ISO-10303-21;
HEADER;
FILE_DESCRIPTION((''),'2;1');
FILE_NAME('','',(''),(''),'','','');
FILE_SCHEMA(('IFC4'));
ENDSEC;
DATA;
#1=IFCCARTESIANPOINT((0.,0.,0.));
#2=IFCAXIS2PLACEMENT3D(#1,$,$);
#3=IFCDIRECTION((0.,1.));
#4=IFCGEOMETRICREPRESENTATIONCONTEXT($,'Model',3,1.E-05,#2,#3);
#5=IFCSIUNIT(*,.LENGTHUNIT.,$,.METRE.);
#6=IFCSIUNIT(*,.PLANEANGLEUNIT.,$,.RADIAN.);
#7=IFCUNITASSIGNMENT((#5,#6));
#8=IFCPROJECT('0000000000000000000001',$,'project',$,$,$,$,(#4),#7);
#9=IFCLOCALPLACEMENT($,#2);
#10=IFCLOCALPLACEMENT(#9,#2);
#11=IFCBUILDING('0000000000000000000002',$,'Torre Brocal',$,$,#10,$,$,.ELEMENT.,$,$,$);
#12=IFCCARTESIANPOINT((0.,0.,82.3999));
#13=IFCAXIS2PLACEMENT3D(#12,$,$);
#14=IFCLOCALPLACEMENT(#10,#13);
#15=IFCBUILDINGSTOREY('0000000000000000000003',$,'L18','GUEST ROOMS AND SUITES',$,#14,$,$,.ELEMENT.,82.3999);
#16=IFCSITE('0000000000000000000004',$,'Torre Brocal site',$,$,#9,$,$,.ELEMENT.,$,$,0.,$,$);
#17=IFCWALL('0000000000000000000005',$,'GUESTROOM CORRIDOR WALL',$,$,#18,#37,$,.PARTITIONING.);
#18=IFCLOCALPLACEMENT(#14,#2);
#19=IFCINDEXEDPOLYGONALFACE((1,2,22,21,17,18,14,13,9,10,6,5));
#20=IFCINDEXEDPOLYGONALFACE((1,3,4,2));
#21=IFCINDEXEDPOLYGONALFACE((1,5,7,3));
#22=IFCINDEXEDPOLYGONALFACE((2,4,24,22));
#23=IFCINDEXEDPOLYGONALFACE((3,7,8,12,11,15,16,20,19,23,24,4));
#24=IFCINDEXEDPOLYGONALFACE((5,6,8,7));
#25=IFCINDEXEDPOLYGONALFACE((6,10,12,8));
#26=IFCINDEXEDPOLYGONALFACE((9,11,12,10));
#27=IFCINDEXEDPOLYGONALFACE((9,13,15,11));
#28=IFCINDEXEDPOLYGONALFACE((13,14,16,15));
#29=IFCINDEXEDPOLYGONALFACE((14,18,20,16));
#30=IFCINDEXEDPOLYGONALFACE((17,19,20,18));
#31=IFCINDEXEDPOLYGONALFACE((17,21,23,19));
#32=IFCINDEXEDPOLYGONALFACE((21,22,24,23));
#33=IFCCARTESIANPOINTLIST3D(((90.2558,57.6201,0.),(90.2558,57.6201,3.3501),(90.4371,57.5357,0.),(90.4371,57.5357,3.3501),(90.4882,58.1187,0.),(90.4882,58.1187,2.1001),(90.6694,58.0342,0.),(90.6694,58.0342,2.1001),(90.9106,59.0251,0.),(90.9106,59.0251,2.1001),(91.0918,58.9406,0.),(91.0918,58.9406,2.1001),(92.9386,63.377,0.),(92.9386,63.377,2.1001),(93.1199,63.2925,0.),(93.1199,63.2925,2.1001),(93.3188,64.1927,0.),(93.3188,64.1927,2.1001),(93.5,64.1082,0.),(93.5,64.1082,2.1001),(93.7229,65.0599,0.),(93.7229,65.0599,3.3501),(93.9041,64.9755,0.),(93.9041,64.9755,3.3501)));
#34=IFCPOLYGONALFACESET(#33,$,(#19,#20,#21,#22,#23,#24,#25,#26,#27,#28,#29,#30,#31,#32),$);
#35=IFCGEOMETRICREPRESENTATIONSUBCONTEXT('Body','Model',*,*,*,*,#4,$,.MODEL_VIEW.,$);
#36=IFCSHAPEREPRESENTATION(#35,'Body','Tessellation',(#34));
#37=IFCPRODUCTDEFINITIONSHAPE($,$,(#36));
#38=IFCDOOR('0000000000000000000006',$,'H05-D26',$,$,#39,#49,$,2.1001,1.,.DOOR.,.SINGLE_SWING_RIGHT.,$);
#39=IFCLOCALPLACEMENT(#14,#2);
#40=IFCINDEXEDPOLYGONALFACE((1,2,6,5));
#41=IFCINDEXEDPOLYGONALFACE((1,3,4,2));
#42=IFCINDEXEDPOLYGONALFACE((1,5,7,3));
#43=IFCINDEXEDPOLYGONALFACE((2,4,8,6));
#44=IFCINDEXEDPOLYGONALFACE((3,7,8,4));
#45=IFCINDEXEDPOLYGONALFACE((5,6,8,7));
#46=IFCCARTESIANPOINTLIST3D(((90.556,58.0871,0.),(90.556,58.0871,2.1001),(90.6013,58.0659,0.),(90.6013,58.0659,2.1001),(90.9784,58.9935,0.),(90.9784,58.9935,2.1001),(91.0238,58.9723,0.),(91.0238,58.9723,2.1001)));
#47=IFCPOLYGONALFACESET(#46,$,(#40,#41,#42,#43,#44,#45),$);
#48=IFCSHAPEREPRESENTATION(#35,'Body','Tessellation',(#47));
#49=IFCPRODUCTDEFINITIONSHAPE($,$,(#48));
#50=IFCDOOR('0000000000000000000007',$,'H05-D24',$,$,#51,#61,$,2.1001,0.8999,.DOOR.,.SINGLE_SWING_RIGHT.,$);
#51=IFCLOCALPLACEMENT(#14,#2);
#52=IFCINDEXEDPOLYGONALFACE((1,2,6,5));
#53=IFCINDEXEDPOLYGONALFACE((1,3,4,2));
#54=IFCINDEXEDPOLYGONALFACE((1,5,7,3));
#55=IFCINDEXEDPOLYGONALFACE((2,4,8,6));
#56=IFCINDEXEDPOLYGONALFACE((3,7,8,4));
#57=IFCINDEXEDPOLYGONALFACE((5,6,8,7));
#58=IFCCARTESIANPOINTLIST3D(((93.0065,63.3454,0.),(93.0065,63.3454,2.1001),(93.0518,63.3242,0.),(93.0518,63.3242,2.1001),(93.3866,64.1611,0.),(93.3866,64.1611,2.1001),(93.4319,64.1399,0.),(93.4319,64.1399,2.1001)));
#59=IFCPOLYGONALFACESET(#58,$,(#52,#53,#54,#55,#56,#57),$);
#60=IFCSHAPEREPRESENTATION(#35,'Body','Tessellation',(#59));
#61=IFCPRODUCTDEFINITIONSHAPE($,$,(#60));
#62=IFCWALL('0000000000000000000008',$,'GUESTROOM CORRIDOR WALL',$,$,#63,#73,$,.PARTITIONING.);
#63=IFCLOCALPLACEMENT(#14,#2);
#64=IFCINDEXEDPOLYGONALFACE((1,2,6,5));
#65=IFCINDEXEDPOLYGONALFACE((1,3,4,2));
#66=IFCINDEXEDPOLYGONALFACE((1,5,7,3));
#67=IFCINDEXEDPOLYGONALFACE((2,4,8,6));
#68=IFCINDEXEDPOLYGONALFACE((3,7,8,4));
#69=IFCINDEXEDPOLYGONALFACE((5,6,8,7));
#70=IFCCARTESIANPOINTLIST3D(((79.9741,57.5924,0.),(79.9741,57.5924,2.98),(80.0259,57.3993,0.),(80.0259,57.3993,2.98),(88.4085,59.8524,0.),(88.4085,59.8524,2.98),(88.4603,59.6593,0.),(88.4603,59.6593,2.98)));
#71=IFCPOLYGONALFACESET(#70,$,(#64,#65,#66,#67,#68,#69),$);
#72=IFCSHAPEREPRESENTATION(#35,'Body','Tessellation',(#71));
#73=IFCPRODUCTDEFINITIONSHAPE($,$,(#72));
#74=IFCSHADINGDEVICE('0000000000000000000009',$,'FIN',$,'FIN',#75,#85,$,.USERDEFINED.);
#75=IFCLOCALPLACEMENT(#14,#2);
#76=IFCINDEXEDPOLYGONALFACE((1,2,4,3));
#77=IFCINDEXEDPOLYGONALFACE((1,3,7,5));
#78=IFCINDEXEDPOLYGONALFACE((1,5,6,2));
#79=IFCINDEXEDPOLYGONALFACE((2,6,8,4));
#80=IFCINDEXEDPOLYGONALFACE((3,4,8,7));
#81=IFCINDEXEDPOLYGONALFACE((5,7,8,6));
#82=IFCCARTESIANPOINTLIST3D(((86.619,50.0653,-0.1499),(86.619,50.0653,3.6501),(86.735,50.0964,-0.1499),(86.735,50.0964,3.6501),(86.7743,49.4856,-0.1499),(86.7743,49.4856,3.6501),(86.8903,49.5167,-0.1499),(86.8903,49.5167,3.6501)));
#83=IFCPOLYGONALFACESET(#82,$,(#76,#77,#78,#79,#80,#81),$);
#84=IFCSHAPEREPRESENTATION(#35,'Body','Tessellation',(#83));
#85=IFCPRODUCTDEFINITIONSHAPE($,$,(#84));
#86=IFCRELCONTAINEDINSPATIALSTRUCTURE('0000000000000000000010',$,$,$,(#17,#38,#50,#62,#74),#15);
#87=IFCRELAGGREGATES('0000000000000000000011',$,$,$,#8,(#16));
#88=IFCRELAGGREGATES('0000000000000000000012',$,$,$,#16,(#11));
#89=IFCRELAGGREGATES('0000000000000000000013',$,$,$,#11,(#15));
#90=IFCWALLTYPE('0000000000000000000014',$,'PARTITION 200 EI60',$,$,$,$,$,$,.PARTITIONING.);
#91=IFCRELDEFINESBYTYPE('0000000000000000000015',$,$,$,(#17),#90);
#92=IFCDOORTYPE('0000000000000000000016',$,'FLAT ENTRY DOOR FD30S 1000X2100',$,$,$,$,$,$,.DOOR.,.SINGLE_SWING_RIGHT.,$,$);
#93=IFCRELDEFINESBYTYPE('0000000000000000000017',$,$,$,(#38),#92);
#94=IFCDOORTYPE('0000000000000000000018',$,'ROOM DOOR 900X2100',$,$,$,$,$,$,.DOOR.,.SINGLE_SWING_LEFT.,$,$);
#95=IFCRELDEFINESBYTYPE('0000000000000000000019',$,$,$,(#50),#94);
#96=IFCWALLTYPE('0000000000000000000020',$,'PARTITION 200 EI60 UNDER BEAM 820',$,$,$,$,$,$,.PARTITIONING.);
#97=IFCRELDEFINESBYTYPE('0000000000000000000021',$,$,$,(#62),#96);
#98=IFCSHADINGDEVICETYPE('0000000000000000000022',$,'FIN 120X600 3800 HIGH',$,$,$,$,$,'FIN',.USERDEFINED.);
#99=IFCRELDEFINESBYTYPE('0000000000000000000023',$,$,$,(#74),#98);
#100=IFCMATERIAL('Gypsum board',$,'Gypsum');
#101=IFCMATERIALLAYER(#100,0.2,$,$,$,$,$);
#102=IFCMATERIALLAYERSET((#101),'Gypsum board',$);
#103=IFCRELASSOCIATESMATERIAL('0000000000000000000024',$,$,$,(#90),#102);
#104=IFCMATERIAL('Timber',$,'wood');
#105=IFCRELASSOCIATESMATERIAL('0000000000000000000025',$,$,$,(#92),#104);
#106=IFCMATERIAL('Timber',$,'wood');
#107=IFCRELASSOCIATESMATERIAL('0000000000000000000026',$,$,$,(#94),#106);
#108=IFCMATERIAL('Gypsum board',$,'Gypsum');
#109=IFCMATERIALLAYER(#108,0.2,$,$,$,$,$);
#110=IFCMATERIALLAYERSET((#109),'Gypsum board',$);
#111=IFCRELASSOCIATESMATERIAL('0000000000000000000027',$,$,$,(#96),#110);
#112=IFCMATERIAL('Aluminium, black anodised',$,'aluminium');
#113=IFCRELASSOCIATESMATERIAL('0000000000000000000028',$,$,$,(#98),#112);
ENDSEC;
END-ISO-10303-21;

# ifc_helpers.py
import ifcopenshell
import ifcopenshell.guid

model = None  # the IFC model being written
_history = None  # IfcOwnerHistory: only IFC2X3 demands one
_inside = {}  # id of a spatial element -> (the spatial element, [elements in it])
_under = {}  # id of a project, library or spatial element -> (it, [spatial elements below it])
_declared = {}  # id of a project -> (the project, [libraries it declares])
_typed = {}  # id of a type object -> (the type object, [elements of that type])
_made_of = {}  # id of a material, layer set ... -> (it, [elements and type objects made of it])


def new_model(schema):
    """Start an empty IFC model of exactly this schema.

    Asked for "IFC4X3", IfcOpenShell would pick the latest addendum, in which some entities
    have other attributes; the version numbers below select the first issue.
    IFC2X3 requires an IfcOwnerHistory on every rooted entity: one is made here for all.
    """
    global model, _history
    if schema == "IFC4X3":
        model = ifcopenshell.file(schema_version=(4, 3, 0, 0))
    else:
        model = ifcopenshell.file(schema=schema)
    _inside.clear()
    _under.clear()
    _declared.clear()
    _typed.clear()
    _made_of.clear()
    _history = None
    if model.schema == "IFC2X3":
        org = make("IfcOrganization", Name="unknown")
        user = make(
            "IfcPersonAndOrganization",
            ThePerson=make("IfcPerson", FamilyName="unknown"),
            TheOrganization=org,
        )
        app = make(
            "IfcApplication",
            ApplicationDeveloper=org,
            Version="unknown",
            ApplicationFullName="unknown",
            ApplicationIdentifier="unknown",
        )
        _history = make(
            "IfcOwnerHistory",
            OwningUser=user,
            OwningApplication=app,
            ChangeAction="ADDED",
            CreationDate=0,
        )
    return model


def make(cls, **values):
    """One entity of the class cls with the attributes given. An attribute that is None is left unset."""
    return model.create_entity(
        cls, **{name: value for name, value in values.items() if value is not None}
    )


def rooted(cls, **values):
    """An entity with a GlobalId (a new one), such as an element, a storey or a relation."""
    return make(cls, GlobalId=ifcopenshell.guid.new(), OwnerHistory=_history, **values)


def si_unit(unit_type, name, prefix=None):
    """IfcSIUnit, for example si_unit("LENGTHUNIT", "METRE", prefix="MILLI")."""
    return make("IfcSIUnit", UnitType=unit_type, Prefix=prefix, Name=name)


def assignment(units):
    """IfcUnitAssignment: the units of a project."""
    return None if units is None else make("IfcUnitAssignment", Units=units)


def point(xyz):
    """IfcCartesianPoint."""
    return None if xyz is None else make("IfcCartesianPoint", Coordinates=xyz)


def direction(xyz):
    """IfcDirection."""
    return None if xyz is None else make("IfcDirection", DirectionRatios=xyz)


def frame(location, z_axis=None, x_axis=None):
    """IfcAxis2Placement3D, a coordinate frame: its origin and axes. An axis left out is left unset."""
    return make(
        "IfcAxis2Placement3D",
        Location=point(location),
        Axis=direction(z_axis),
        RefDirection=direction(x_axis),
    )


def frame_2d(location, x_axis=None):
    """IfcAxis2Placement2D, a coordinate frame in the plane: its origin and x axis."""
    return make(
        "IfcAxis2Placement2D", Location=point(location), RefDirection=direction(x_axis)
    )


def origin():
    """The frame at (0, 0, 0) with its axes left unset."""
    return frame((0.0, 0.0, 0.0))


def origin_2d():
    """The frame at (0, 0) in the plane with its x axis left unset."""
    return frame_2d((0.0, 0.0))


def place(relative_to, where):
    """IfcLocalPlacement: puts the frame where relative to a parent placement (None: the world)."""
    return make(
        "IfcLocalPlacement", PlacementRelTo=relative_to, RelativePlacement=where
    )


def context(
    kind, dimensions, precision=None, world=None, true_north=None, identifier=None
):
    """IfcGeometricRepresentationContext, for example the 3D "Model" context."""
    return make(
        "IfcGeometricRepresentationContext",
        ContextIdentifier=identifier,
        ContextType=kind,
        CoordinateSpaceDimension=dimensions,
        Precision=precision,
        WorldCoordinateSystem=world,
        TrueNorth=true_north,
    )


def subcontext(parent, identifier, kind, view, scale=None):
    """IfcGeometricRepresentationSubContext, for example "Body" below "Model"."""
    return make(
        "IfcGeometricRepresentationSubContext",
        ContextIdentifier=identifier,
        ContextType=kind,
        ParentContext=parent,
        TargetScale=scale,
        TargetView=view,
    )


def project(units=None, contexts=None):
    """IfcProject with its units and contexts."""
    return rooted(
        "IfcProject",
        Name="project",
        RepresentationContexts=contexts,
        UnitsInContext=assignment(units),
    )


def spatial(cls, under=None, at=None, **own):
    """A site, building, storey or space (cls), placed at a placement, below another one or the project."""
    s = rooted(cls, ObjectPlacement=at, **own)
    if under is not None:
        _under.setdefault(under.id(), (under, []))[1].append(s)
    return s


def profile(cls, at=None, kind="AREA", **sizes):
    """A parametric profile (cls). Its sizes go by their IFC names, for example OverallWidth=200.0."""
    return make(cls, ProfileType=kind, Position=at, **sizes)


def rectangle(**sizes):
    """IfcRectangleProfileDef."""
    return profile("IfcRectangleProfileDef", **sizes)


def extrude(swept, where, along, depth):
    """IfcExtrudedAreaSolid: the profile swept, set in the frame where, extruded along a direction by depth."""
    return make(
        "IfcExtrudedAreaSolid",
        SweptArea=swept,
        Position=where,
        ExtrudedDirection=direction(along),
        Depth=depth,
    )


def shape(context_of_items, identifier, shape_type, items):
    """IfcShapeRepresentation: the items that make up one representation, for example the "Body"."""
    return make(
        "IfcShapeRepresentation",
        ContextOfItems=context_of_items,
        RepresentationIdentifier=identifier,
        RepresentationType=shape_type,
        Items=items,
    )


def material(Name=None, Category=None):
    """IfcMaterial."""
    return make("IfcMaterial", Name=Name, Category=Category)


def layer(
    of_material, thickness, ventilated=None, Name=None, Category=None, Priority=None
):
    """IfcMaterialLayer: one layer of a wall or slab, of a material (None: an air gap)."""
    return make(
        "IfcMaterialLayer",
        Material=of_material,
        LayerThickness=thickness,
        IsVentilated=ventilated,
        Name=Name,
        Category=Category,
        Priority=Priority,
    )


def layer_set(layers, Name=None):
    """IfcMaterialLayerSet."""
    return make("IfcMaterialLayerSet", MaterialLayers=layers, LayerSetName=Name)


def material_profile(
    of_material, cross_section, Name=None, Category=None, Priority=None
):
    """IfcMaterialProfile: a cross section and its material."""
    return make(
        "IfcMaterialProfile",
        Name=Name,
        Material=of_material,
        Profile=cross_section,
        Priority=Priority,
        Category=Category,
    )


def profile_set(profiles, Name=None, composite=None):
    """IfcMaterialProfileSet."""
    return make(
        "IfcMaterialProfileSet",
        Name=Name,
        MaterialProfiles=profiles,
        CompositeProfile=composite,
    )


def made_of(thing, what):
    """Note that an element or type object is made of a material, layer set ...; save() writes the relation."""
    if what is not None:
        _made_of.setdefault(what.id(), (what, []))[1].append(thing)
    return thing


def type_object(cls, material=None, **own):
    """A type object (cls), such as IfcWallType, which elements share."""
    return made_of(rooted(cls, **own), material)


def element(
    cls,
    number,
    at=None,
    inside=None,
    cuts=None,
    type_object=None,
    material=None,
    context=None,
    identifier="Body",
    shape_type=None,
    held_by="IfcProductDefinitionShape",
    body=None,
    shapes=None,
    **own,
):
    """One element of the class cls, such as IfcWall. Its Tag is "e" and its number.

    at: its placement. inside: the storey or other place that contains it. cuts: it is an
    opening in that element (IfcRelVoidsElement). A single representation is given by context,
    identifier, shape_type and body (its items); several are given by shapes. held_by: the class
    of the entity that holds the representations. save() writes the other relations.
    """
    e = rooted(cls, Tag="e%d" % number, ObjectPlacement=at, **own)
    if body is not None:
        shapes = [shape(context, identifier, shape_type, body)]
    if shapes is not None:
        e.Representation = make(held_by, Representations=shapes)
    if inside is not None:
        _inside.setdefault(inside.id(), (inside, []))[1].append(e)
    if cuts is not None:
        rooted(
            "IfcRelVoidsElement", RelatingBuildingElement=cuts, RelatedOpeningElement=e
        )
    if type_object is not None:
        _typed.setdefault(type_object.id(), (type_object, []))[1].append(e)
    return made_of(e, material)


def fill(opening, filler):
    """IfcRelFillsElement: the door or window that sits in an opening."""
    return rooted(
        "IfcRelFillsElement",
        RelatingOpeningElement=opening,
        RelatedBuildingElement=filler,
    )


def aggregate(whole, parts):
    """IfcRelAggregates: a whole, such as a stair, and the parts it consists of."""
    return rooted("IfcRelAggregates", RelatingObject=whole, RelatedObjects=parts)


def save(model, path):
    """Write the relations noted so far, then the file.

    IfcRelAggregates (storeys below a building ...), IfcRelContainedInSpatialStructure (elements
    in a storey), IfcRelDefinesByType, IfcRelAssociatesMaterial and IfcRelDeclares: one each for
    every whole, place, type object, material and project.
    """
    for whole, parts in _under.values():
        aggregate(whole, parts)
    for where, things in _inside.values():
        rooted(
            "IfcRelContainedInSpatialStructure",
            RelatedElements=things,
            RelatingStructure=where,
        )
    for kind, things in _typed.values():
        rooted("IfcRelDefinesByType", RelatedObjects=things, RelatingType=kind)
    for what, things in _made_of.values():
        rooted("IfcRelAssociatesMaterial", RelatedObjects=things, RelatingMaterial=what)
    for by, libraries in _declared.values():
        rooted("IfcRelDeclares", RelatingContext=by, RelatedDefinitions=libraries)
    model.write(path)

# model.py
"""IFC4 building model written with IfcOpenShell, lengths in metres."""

from ifc_helpers import new_model, si_unit, direction, frame, frame_2d, origin, origin_2d, place, context, subcontext, project, spatial, rectangle, extrude, material, layer, layer_set, material_profile, profile_set, type_object, element, fill, save


model = new_model("IFC4")

# Units and contexts
model_context = context("Model", 3, precision=1e-05, world=origin(), true_north=direction((0.0, 1.0)))
body_context = subcontext(model_context, "Body", "Model", "MODEL_VIEW")
ifc_project = project(units=[si_unit("LENGTHUNIT", "METRE"), si_unit("PLANEANGLEUNIT", "RADIAN")], contexts=[model_context])

# Site, building, storey
site_placement = place(None, origin())
site = spatial("IfcSite", under=ifc_project, at=site_placement, Name="Torre Brocal site", CompositionType="ELEMENT", RefElevation=0.0)
building_placement = place(site_placement, origin())
building = spatial("IfcBuilding", under=site, at=building_placement, Name="Torre Brocal", CompositionType="ELEMENT")
storey_placement = place(building_placement, frame((0.0, 0.0, 82.3999)))
storey = spatial("IfcBuildingStorey", under=building, at=storey_placement, Name="L18", Description="GUEST ROOMS AND SUITES", CompositionType="ELEMENT", Elevation=82.3999)

# Shared definitions
ifc_material_1 = material(Name="Gypsum board", Category="Gypsum")
ifc_layer_1 = layer(ifc_material_1, 0.2)
ifc_layer_set_1 = layer_set([ifc_layer_1], Name="Gypsum board")
wall_type_1 = type_object("IfcWallType", Name="PARTITION 200 EI60", PredefinedType="PARTITIONING", material=ifc_layer_set_1)

# Wall, openings, doors
wall_1_placement = place(storey_placement, frame((90.3464, 57.5779, 0.0), z_axis=(0.0, 0.0, 1.0), x_axis=(0.422403, 0.906408, 0.0)))
wall_1 = element("IfcWall", 1, at=wall_1_placement, inside=storey, type_object=wall_type_1, Name="GUESTROOM CORRIDOR WALL", PredefinedType="PARTITIONING", context=body_context, shape_type="SweptSolid", body=[
    extrude(rectangle(XDim=8.208, YDim=0.2, at=frame_2d((4.104, 0.0))), origin(), (0.0, 0.0, 1.0), 3.3501),
])
opening_1_placement = place(wall_1_placement, frame((6.3513, 0.0, 0.0)))
opening_1 = element("IfcOpeningElement", 2, at=opening_1_placement, cuts=wall_1, PredefinedType="OPENING", context=body_context, shape_type="SweptSolid", body=[
    extrude(rectangle(XDim=0.8999, YDim=2.1001, at=frame_2d((0.45, 1.05))), frame((0.0, 0.1099, 0.0), z_axis=(0.0, -1.0, 0.0), x_axis=(1.0, 0.0, 0.0)), (0.0, 0.0, 1.0), 0.22),
])
opening_2_placement = place(wall_1_placement, frame((0.55, 0.0, 0.0)))
opening_2 = element("IfcOpeningElement", 3, at=opening_2_placement, cuts=wall_1, PredefinedType="OPENING", context=body_context, shape_type="SweptSolid", body=[
    extrude(rectangle(XDim=1.0, YDim=2.1001, at=frame_2d((0.5, 1.05))), frame((0.0, 0.1099, 0.0), z_axis=(0.0, -1.0, 0.0), x_axis=(1.0, 0.0, 0.0)), (0.0, 0.0, 1.0), 0.22),
])
ifc_material_2 = material(Name="Timber", Category="wood")
door_type_1 = type_object("IfcDoorType", Name="FLAT ENTRY DOOR FD30S 1000X2100", OperationType="SINGLE_SWING_RIGHT", PredefinedType="DOOR", material=ifc_material_2)
door_1_placement = place(opening_2_placement, frame((1.0, 0.0, 0.0), z_axis=(0.0, 0.0, 1.0), x_axis=(-1.0, 0.0, 0.0)))
door_1 = element("IfcDoor", 4, at=door_1_placement, inside=storey, type_object=door_type_1, Name="H05-D26", OperationType="SINGLE_SWING_RIGHT", OverallHeight=2.1001, OverallWidth=1.0, PredefinedType="DOOR", context=body_context, shape_type="SweptSolid", body=[
    extrude(rectangle(XDim=1.0, YDim=2.1001, at=frame_2d((0.5, 1.05))), frame((0.0, 0.0249, 0.0), z_axis=(0.0, -1.0, 0.0), x_axis=(1.0, 0.0, 0.0)), (0.0, 0.0, 1.0), 0.05),
])
fill(opening_2, door_1)
ifc_material_3 = material(Name="Timber", Category="wood")
door_type_2 = type_object("IfcDoorType", Name="ROOM DOOR 900X2100", OperationType="SINGLE_SWING_LEFT", PredefinedType="DOOR", material=ifc_material_3)
door_2_placement = place(opening_1_placement, frame((0.8999, 0.0, 0.0), z_axis=(0.0, 0.0, 1.0), x_axis=(-1.0, 0.0, 0.0)))
door_2 = element("IfcDoor", 5, at=door_2_placement, inside=storey, type_object=door_type_2, Name="H05-D24", OperationType="SINGLE_SWING_RIGHT", OverallHeight=2.1001, OverallWidth=0.8999, PredefinedType="DOOR", context=body_context, shape_type="SweptSolid", body=[
    extrude(rectangle(XDim=0.8999, YDim=2.1001, at=frame_2d((0.45, 1.05))), frame((0.0, 0.0249, 0.0), z_axis=(0.0, -1.0, 0.0), x_axis=(1.0, 0.0, 0.0)), (0.0, 0.0, 1.0), 0.05),
])
fill(opening_1, door_2)

# Wall
ifc_material_4 = material(Name="Gypsum board", Category="Gypsum")
ifc_layer_2 = layer(ifc_material_4, 0.2)
ifc_layer_set_2 = layer_set([ifc_layer_2], Name="Gypsum board")
wall_type_2 = type_object("IfcWallType", Name="PARTITION 200 EI60 UNDER BEAM 820", PredefinedType="PARTITIONING", material=ifc_layer_set_2)
wall_2_placement = place(storey_placement, frame((80.0, 57.4958, 0.0), z_axis=(0.0, 0.0, 1.0), x_axis=(0.965925, 0.258823, 0.0)))
element("IfcWall", 6, at=wall_2_placement, inside=storey, type_object=wall_type_2, Name="GUESTROOM CORRIDOR WALL", PredefinedType="PARTITIONING", context=body_context, shape_type="SweptSolid", body=[
    extrude(rectangle(XDim=8.7319, YDim=0.2, at=frame_2d((4.366, 0.0))), origin(), (0.0, 0.0, 1.0), 2.98),
])

# Shading device
ifc_material_5 = material(Name="Aluminium, black anodised", Category="aluminium")
ifc_material_profile_1 = material_profile(ifc_material_5, rectangle(XDim=0.1201, YDim=0.6001, at=origin_2d()), Name="FIN 120X600 3800 HIGH")
ifc_profile_set_1 = profile_set([ifc_material_profile_1], Name="Aluminium, black anodised")
shading_device_type = type_object("IfcShadingDeviceType", Name="FIN 120X600 3800 HIGH", ElementType="FIN", PredefinedType="USERDEFINED", material=ifc_profile_set_1)
shading_device_placement = place(storey_placement, frame((86.7546, 49.791, -0.1499), z_axis=(0.0, 0.0, 1.0), x_axis=(0.965926, 0.258819, 0.0)))
element("IfcShadingDevice", 7, at=shading_device_placement, inside=storey, type_object=shading_device_type, Name="FIN", ObjectType="FIN", PredefinedType="USERDEFINED", context=body_context, shape_type="SweptSolid", body=[
    extrude(rectangle(XDim=0.1201, YDim=0.6001, at=origin_2d()), origin(), (0.0, 0.0, 1.0), 3.8),
])

save(model, "model.ifc")
